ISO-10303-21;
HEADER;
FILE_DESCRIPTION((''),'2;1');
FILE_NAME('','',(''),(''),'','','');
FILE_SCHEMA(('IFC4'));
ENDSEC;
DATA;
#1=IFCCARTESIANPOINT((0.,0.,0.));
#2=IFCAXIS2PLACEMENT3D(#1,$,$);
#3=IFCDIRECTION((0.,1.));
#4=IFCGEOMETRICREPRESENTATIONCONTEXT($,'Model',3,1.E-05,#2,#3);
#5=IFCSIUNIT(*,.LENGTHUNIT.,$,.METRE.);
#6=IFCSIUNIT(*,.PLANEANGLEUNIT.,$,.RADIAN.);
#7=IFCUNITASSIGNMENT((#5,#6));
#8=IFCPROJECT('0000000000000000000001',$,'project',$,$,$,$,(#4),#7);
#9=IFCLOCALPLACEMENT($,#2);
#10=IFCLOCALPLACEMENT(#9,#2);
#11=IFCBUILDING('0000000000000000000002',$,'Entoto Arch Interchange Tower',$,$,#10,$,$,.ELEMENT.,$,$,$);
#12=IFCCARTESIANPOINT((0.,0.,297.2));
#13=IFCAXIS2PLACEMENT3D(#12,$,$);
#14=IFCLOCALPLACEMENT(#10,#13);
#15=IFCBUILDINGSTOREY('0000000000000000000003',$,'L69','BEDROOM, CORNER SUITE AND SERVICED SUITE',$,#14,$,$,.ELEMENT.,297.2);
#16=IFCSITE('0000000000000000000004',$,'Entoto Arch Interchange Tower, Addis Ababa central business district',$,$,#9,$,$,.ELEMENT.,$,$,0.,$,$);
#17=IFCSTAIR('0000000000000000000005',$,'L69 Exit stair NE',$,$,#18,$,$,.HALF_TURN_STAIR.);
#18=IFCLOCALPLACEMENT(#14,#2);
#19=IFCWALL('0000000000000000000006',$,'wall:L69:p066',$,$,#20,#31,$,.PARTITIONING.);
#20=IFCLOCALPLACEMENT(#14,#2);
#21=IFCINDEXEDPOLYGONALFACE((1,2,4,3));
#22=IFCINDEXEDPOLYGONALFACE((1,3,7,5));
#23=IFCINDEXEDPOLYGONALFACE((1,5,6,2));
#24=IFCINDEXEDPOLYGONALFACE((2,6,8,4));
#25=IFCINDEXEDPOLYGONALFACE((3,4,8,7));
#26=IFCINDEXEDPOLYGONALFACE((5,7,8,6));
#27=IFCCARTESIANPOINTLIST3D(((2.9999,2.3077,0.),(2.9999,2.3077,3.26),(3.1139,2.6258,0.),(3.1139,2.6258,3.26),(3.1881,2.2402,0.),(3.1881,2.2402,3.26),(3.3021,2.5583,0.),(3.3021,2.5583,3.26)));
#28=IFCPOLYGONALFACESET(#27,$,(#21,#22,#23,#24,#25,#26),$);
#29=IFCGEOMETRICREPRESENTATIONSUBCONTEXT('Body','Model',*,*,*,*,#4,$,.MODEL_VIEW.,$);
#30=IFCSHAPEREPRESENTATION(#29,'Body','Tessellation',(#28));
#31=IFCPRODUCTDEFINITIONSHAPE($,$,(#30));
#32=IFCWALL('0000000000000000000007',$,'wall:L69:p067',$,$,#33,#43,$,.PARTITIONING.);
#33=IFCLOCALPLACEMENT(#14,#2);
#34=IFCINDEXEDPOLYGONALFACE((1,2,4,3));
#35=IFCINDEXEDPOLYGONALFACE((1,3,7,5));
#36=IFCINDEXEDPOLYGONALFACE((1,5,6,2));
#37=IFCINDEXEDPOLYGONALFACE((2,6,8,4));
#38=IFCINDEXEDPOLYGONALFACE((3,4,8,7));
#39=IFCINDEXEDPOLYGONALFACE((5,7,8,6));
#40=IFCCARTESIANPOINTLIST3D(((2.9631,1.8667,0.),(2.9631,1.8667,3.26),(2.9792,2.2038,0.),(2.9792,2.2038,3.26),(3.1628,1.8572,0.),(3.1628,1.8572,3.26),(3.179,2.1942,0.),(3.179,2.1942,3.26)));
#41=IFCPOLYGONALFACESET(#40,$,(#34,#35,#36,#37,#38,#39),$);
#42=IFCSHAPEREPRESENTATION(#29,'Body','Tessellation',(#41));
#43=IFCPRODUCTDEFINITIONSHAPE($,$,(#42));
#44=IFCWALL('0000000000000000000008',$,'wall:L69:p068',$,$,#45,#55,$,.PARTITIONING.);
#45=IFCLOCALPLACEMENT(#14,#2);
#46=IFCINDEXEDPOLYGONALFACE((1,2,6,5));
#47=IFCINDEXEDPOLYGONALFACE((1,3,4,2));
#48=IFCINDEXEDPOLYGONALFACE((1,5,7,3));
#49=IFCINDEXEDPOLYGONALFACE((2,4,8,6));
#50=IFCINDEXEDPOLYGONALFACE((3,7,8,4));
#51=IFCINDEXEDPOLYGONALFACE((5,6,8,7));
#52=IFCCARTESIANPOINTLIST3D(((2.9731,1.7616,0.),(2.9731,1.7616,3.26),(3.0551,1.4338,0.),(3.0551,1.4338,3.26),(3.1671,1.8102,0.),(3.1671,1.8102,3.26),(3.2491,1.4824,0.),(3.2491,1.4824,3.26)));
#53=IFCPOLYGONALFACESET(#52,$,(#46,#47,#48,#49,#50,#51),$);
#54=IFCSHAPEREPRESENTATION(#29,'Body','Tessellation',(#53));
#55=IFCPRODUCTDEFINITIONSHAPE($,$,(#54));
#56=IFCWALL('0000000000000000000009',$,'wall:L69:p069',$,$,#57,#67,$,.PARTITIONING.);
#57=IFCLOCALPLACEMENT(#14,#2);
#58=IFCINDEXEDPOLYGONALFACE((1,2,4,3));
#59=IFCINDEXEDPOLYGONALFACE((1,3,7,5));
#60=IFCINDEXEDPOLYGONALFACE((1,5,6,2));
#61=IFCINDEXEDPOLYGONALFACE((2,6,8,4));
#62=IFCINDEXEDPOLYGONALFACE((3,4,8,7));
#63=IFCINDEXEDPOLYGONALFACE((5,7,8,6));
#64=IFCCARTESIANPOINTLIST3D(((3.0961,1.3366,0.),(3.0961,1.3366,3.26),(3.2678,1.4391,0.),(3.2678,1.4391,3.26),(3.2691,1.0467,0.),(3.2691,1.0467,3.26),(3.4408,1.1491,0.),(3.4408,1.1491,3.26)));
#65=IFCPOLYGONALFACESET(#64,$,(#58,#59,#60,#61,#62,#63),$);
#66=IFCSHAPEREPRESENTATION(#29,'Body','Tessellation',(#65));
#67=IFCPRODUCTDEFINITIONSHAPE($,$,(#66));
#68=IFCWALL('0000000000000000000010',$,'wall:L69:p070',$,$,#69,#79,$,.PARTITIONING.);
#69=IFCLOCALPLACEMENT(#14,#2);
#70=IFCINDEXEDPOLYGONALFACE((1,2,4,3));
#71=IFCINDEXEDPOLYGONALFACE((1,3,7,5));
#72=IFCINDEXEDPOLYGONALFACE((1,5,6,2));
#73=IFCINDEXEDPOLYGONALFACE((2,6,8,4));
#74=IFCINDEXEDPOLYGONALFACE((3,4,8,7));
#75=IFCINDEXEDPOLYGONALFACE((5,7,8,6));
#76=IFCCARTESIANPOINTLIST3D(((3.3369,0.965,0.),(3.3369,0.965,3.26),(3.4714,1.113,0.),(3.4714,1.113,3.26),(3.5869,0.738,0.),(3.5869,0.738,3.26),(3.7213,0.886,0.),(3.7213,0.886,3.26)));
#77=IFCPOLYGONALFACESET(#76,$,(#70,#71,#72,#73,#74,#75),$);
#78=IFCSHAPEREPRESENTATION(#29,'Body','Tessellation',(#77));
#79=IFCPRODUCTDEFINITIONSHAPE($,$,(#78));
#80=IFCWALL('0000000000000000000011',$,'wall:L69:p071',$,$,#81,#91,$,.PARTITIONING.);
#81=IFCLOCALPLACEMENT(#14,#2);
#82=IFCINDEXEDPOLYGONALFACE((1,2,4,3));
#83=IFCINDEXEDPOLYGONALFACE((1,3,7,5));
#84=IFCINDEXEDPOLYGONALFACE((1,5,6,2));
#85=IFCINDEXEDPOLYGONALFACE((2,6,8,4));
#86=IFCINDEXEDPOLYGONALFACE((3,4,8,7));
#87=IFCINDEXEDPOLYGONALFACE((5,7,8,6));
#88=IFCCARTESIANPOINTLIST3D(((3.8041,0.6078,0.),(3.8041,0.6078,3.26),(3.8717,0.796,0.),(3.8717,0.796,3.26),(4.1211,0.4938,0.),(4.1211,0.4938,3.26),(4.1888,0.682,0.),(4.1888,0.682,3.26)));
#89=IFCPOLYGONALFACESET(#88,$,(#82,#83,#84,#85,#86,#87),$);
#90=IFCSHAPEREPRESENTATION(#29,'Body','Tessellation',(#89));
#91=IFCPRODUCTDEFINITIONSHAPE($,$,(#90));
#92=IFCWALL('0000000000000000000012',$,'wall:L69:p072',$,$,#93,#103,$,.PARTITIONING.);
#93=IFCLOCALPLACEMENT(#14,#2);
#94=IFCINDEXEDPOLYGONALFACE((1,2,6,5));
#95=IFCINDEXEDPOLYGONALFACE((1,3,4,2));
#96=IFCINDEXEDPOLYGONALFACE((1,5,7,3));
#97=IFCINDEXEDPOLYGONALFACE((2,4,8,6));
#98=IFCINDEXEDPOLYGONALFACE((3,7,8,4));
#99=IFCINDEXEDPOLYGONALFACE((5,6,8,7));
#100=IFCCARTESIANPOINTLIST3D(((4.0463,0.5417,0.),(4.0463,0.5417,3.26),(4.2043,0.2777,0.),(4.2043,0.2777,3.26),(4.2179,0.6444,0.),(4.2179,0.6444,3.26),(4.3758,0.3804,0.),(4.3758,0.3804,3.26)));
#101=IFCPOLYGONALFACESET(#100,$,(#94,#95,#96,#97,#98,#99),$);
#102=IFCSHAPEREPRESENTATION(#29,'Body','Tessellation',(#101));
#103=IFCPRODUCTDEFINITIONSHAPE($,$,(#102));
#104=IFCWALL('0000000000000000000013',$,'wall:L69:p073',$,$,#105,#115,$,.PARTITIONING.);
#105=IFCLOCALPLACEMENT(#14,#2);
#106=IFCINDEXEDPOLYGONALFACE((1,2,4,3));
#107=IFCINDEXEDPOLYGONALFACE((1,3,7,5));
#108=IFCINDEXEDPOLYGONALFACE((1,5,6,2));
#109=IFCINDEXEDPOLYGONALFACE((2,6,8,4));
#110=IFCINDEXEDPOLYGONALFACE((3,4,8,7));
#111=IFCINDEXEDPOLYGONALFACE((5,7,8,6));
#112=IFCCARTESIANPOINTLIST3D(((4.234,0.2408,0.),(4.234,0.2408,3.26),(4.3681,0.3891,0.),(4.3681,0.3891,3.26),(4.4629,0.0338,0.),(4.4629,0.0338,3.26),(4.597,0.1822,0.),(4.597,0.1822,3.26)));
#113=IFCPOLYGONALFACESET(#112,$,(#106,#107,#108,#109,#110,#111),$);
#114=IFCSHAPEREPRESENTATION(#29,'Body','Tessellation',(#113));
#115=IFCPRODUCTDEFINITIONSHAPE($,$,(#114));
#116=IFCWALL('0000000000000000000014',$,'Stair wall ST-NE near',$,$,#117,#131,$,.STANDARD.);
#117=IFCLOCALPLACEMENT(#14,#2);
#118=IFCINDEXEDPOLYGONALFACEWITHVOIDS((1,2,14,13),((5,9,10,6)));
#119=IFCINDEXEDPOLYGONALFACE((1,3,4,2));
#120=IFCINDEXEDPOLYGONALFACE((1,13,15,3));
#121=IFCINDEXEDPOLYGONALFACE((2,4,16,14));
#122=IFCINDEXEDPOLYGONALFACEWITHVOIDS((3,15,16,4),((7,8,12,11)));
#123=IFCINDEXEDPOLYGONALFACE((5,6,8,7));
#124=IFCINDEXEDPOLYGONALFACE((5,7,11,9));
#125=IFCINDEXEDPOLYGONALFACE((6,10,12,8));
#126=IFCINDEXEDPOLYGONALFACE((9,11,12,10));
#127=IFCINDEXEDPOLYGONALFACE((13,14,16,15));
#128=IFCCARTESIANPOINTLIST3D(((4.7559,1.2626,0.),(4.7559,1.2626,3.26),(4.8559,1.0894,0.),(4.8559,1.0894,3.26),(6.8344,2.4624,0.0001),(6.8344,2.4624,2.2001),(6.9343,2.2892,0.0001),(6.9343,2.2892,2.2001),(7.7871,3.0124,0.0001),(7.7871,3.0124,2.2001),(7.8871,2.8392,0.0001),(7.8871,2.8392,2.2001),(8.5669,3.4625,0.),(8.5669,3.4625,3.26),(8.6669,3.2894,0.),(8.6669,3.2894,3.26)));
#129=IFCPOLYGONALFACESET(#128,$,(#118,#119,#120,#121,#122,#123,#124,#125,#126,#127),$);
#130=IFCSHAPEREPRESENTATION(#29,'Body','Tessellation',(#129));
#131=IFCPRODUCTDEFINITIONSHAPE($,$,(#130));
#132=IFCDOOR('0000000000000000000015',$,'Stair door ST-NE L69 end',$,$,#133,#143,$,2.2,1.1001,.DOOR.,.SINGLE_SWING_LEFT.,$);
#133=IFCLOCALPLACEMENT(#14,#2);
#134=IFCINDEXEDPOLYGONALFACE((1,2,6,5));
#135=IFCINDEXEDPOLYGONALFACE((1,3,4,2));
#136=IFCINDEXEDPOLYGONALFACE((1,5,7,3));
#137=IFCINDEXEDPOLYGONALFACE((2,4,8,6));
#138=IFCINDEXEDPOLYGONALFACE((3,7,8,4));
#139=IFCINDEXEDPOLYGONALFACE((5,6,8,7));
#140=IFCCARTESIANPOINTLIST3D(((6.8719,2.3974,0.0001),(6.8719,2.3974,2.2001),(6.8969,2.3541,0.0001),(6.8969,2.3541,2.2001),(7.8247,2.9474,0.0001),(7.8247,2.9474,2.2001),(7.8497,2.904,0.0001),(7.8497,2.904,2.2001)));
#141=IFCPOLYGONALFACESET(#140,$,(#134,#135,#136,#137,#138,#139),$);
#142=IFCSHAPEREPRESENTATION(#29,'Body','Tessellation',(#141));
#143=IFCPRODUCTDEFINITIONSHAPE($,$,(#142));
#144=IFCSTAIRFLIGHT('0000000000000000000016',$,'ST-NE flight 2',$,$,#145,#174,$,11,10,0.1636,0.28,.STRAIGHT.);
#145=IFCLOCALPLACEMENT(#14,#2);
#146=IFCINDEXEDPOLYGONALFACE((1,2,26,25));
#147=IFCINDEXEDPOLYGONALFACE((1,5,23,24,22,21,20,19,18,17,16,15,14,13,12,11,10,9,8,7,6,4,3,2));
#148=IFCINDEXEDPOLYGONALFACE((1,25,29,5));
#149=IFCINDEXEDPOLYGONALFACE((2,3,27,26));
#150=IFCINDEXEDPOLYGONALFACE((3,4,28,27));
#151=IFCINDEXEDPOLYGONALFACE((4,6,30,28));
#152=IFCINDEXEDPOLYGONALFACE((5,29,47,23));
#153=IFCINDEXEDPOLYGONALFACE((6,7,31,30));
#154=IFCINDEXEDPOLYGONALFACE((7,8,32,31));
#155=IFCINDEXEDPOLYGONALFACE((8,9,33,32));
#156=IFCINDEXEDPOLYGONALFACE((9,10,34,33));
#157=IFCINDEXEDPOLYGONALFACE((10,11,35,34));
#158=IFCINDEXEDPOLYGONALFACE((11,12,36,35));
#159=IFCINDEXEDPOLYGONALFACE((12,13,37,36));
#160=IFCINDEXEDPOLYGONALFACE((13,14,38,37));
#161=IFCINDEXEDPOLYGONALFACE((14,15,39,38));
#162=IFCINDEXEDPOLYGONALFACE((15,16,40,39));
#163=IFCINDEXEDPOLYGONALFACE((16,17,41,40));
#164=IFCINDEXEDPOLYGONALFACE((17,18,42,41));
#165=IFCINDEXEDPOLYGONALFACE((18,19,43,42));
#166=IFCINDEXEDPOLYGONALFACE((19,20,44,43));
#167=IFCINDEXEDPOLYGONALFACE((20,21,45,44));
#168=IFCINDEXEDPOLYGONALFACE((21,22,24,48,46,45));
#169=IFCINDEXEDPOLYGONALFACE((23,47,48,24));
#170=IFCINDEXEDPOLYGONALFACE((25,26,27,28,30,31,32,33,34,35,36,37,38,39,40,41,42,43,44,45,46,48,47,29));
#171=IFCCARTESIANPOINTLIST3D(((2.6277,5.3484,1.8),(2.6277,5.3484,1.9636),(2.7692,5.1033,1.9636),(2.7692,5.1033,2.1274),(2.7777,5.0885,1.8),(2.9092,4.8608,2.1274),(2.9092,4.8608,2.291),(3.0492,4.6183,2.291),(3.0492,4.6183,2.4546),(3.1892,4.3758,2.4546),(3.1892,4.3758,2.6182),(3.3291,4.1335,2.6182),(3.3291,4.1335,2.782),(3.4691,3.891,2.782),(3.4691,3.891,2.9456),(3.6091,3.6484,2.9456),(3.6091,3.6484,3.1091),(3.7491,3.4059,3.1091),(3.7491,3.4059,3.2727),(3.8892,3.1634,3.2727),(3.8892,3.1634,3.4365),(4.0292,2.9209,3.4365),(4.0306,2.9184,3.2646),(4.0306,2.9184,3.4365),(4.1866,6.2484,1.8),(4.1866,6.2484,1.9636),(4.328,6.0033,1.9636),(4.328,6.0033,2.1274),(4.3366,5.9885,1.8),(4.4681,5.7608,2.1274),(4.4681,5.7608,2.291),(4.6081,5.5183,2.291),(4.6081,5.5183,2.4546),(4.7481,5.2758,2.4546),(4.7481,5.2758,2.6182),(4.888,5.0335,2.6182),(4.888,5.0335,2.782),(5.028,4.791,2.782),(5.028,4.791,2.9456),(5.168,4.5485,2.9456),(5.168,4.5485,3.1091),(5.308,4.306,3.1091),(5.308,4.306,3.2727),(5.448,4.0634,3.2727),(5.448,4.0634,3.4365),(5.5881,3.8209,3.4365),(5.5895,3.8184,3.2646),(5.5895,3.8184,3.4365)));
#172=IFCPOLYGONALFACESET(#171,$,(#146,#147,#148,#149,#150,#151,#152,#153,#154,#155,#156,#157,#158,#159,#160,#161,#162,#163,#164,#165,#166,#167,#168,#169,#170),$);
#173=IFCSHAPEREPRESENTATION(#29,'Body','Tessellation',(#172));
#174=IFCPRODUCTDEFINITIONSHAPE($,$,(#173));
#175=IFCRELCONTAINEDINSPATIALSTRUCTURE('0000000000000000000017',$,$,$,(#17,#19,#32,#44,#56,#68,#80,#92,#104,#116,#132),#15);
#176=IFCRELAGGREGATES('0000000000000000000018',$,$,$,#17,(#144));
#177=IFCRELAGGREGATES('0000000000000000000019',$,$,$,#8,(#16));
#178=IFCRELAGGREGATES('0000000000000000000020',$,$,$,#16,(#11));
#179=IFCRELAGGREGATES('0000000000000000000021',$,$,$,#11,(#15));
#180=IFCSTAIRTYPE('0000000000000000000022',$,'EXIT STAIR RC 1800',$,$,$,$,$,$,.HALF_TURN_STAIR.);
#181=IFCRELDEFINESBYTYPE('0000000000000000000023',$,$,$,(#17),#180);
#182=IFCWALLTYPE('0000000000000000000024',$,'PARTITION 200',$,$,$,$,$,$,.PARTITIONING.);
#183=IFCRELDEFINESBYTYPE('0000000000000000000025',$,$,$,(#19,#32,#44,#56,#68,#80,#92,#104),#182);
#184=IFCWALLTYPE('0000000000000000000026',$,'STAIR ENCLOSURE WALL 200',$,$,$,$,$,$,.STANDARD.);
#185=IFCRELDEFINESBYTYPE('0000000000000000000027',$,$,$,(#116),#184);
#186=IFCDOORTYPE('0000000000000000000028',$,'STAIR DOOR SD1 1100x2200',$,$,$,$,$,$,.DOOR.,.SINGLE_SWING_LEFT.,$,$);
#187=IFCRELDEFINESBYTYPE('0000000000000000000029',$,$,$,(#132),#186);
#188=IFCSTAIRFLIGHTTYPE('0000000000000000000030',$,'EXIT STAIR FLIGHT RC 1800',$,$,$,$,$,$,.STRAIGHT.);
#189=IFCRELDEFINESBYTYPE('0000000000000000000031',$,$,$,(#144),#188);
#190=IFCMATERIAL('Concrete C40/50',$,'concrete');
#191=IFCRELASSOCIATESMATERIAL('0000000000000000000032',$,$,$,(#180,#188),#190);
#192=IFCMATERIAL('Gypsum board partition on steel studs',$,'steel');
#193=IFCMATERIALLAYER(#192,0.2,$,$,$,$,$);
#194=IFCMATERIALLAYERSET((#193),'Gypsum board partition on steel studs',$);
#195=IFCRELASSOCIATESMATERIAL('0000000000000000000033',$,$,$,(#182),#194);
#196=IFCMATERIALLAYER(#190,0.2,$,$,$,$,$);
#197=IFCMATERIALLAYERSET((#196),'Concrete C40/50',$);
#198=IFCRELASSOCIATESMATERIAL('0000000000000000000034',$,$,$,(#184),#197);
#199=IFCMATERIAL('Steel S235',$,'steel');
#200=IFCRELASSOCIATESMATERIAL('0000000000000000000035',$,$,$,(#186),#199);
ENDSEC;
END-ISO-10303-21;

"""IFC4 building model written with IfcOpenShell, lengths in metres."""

from ifc_helpers import new_model, si_unit, direction, frame, frame_2d, origin, place, context, subcontext, project, spatial, polyline, rectangle, outline, extrude, material, layer, layer_set, type_object, element, fill, aggregate, save


model = new_model("IFC4")

# Units and contexts
model_context = context("Model", 3, precision=1e-05, world=origin(), true_north=direction((0.0, 1.0)))
body_context = subcontext(model_context, "Body", "Model", "MODEL_VIEW")
ifc_project = project(units=[si_unit("LENGTHUNIT", "METRE"), si_unit("PLANEANGLEUNIT", "RADIAN")], contexts=[model_context])

# Site, building, storey
site_placement = place(None, origin())
site = spatial("IfcSite", under=ifc_project, at=site_placement, Name="Entoto Arch Interchange Tower, Addis Ababa central business district", CompositionType="ELEMENT", RefElevation=0.0)
building_placement = place(site_placement, origin())
building = spatial("IfcBuilding", under=site, at=building_placement, Name="Entoto Arch Interchange Tower", CompositionType="ELEMENT")
storey_placement = place(building_placement, frame((0.0, 0.0, 297.2)))
storey = spatial("IfcBuildingStorey", under=building, at=storey_placement, Name="L69", Description="BEDROOM, CORNER SUITE AND SERVICED SUITE", CompositionType="ELEMENT", Elevation=297.2)

# Shared definitions
ifc_material_1 = material(Name="Concrete C40/50", Category="concrete")

# Stair
stair_type = type_object("IfcStairType", Name="EXIT STAIR RC 1800", PredefinedType="HALF_TURN_STAIR", material=ifc_material_1)
stair_1_placement = place(storey_placement, origin())
stair_1 = element("IfcStair", 1, at=stair_1_placement, inside=storey, type_object=stair_type, Name="L69 Exit stair NE", PredefinedType="HALF_TURN_STAIR")

# Shared definitions
ifc_material_2 = material(Name="Gypsum board partition on steel studs", Category="steel")
ifc_layer_1 = layer(ifc_material_2, 0.2)
ifc_layer_set_1 = layer_set([ifc_layer_1], Name="Gypsum board partition on steel studs")
wall_type_1 = type_object("IfcWallType", Name="PARTITION 200", PredefinedType="PARTITIONING", material=ifc_layer_set_1)

# Walls
wall_1_placement = place(storey_placement, frame((3.208, 2.592, 0.0), z_axis=(0.0, 0.0, 1.0), x_axis=(-0.337389, -0.941365, 0.0)))
element("IfcWall", 2, at=wall_1_placement, inside=storey, type_object=wall_type_1, Name="wall:L69:p066", PredefinedType="PARTITIONING", context=body_context, shape_type="SweptSolid", body=[
    extrude(rectangle(XDim=0.3379, YDim=0.2, at=frame_2d((0.1689, 0.0))), origin(), (0.0, 0.0, 1.0), 3.26),
])
wall_2_placement = place(storey_placement, frame((3.0791, 2.199, 0.0), z_axis=(0.0, 0.0, 1.0), x_axis=(-0.047771, -0.998858, 0.0)))
element("IfcWall", 3, at=wall_2_placement, inside=storey, type_object=wall_type_1, Name="wall:L69:p067", PredefinedType="PARTITIONING", context=body_context, shape_type="SweptSolid", body=[
    extrude(rectangle(XDim=0.3374, YDim=0.2, at=frame_2d((0.1687, 0.0))), origin(), (0.0, 0.0, 1.0), 3.26),
])
wall_3_placement = place(storey_placement, frame((3.0701, 1.7859, 0.0), z_axis=(0.0, 0.0, 1.0), x_axis=(0.242706, -0.9701, 0.0)))
element("IfcWall", 4, at=wall_3_placement, inside=storey, type_object=wall_type_1, Name="wall:L69:p068", PredefinedType="PARTITIONING", context=body_context, shape_type="SweptSolid", body=[
    extrude(rectangle(XDim=0.3379, YDim=0.2, at=frame_2d((0.1689, 0.0))), origin(), (0.0, 0.0, 1.0), 3.26),
])
for number, where, z_axis, x_axis, name in (
    (5, (3.1819, 1.3879, 0.0), (0.0, 0.0, 1.0), (0.512475, -0.858702, 0.0), "wall:L69:p069"),
    (6, (3.4041, 1.0391, 0.0), (0.0, 0.0, 1.0), (0.740267, -0.672313, 0.0), "wall:L69:p070"),
):
    element("IfcWall", number, at=place(storey_placement, frame(where, z_axis=z_axis, x_axis=x_axis)), inside=storey, type_object=wall_type_1, Name=name, PredefinedType="PARTITIONING", context=body_context, shape_type="SweptSolid", body=[
        extrude(rectangle(XDim=0.3376, YDim=0.2, at=frame_2d((0.1689, 0.0))), origin(), (0.0, 0.0, 1.0), 3.26),
    ])
wall_4_placement = place(storey_placement, frame((3.8379, 0.7019, 0.0), z_axis=(0.0, 0.0, 1.0), x_axis=(0.941035, -0.338309, 0.0)))
element("IfcWall", 7, at=wall_4_placement, inside=storey, type_object=wall_type_1, Name="wall:L69:p071", PredefinedType="PARTITIONING", context=body_context, shape_type="SweptSolid", body=[
    extrude(rectangle(XDim=0.3369, YDim=0.2, at=frame_2d((0.1685, 0.0))), origin(), (0.0, 0.0, 1.0), 3.26),
])
wall_5_placement = place(storey_placement, frame((4.1321, 0.593, 0.0), z_axis=(0.0, 0.0, 1.0), x_axis=(0.513562, -0.858053, 0.0)))
element("IfcWall", 8, at=wall_5_placement, inside=storey, type_object=wall_type_1, Name="wall:L69:p072", PredefinedType="PARTITIONING", context=body_context, shape_type="SweptSolid", body=[
    extrude(rectangle(XDim=0.3076, YDim=0.2, at=frame_2d((0.1538, 0.0))), origin(), (0.0, 0.0, 1.0), 3.26),
])
wall_6_placement = place(storey_placement, frame((4.301, 0.3149, 0.0), z_axis=(0.0, 0.0, 1.0), x_axis=(0.741798, -0.670623, 0.0)))
element("IfcWall", 9, at=wall_6_placement, inside=storey, type_object=wall_type_1, Name="wall:L69:p073", PredefinedType="PARTITIONING", context=body_context, shape_type="SweptSolid", body=[
    extrude(rectangle(XDim=0.3086, YDim=0.2, at=frame_2d((0.1543, 0.0))), origin(), (0.0, 0.0, 1.0), 3.26),
])

# Wall, opening, door
ifc_layer_2 = layer(ifc_material_1, 0.2)
ifc_layer_set_2 = layer_set([ifc_layer_2], Name="Concrete C40/50")
wall_type_2 = type_object("IfcWallType", Name="STAIR ENCLOSURE WALL 200", PredefinedType="STANDARD", material=ifc_layer_set_2)
wall_7_placement = place(storey_placement, frame((4.8059, 1.176, 0.0), z_axis=(0.0, 0.0, 1.0), x_axis=(0.86606, 0.49994, 0.0)))
wall_7 = element("IfcWall", 10, at=wall_7_placement, inside=storey, type_object=wall_type_2, Name="Stair wall ST-NE near", PredefinedType="STANDARD", context=body_context, shape_type="SweptSolid", body=[
    extrude(rectangle(XDim=4.4004, YDim=0.2, at=frame_2d((2.2002, 0.0))), origin(), (0.0, 0.0, 1.0), 3.26),
])
opening_1_placement = place(wall_7_placement, frame((2.3999, 0.0, 0.0)))
opening_1 = element("IfcOpeningElement", 11, at=opening_1_placement, cuts=wall_7, PredefinedType="OPENING", context=body_context, shape_type="SweptSolid", body=[
    extrude(rectangle(XDim=1.1001, YDim=2.2, at=frame_2d((0.55, 1.1001))), frame((0.0, 0.1099, 0.0), z_axis=(0.0, -1.0, 0.0), x_axis=(1.0, 0.0, 0.0)), (0.0, 0.0, 1.0), 0.22),
])
ifc_material_3 = material(Name="Steel S235", Category="steel")
door_type_1 = type_object("IfcDoorType", Name="STAIR DOOR SD1 1100x2200", OperationType="SINGLE_SWING_LEFT", PredefinedType="DOOR", material=ifc_material_3)
door_1_placement = place(opening_1_placement, origin())
door_1 = element("IfcDoor", 12, at=door_1_placement, inside=storey, type_object=door_type_1, Name="Stair door ST-NE L69 end", OperationType="SINGLE_SWING_LEFT", OverallHeight=2.2, OverallWidth=1.1001, PredefinedType="DOOR", context=body_context, shape_type="SweptSolid", body=[
    extrude(rectangle(XDim=1.1001, YDim=2.2, at=frame_2d((0.55, 1.1001))), frame((0.0, 0.0249, 0.0), z_axis=(0.0, -1.0, 0.0), x_axis=(1.0, 0.0, 0.0)), (0.0, 0.0, 1.0), 0.05),
])
fill(opening_1, door_1)

# Stair flight
stair_flight_type = type_object("IfcStairFlightType", Name="EXIT STAIR FLIGHT RC 1800", PredefinedType="STRAIGHT", material=ifc_material_1)
stair_flight_placement = place(storey_placement, frame((3.4087, 5.7959, 1.8), z_axis=(0.0, 0.0, 1.0), x_axis=(0.5, -0.866025, 0.0)))
stair_flight = element("IfcStairFlight", 13, at=stair_flight_placement, type_object=stair_flight_type, Name="ST-NE flight 2", NumberOfRisers=11, NumberOfTreads=10, PredefinedType="STRAIGHT", RiserHeight=0.1636, TreadLength=0.28, context=body_context, shape_type="SweptSolid", body=[
    extrude(outline(polyline([(-0.0029, 0.0), (-0.0029, 0.1636), (0.28, 0.1636), (0.28, 0.3274), (0.5601, 0.3274), (0.5601, 0.491), (0.8401, 0.491), (0.8401, 0.6545), (1.1201, 0.6545), (1.1201, 0.8181), (1.3999, 0.8181), (1.3999, 0.9819), (1.6799, 0.9819), (1.6799, 1.1455), (1.96, 1.1455), (1.96, 1.3091), (2.24, 1.3091), (2.24, 1.4727), (2.52, 1.4727), (2.52, 1.6365), (2.8, 1.6365), (2.803, 1.6365), (2.803, 1.4646), (0.2971, 0.0), (-0.0029, 0.0)])), frame((0.0, 0.8999, 0.0), z_axis=(0.0, -1.0, 0.0), x_axis=(1.0, 0.0, 0.0)), (0.0, 0.0, 1.0), 1.8),
])
aggregate(stair_1, [stair_flight])

save(model, "model.ifc")
